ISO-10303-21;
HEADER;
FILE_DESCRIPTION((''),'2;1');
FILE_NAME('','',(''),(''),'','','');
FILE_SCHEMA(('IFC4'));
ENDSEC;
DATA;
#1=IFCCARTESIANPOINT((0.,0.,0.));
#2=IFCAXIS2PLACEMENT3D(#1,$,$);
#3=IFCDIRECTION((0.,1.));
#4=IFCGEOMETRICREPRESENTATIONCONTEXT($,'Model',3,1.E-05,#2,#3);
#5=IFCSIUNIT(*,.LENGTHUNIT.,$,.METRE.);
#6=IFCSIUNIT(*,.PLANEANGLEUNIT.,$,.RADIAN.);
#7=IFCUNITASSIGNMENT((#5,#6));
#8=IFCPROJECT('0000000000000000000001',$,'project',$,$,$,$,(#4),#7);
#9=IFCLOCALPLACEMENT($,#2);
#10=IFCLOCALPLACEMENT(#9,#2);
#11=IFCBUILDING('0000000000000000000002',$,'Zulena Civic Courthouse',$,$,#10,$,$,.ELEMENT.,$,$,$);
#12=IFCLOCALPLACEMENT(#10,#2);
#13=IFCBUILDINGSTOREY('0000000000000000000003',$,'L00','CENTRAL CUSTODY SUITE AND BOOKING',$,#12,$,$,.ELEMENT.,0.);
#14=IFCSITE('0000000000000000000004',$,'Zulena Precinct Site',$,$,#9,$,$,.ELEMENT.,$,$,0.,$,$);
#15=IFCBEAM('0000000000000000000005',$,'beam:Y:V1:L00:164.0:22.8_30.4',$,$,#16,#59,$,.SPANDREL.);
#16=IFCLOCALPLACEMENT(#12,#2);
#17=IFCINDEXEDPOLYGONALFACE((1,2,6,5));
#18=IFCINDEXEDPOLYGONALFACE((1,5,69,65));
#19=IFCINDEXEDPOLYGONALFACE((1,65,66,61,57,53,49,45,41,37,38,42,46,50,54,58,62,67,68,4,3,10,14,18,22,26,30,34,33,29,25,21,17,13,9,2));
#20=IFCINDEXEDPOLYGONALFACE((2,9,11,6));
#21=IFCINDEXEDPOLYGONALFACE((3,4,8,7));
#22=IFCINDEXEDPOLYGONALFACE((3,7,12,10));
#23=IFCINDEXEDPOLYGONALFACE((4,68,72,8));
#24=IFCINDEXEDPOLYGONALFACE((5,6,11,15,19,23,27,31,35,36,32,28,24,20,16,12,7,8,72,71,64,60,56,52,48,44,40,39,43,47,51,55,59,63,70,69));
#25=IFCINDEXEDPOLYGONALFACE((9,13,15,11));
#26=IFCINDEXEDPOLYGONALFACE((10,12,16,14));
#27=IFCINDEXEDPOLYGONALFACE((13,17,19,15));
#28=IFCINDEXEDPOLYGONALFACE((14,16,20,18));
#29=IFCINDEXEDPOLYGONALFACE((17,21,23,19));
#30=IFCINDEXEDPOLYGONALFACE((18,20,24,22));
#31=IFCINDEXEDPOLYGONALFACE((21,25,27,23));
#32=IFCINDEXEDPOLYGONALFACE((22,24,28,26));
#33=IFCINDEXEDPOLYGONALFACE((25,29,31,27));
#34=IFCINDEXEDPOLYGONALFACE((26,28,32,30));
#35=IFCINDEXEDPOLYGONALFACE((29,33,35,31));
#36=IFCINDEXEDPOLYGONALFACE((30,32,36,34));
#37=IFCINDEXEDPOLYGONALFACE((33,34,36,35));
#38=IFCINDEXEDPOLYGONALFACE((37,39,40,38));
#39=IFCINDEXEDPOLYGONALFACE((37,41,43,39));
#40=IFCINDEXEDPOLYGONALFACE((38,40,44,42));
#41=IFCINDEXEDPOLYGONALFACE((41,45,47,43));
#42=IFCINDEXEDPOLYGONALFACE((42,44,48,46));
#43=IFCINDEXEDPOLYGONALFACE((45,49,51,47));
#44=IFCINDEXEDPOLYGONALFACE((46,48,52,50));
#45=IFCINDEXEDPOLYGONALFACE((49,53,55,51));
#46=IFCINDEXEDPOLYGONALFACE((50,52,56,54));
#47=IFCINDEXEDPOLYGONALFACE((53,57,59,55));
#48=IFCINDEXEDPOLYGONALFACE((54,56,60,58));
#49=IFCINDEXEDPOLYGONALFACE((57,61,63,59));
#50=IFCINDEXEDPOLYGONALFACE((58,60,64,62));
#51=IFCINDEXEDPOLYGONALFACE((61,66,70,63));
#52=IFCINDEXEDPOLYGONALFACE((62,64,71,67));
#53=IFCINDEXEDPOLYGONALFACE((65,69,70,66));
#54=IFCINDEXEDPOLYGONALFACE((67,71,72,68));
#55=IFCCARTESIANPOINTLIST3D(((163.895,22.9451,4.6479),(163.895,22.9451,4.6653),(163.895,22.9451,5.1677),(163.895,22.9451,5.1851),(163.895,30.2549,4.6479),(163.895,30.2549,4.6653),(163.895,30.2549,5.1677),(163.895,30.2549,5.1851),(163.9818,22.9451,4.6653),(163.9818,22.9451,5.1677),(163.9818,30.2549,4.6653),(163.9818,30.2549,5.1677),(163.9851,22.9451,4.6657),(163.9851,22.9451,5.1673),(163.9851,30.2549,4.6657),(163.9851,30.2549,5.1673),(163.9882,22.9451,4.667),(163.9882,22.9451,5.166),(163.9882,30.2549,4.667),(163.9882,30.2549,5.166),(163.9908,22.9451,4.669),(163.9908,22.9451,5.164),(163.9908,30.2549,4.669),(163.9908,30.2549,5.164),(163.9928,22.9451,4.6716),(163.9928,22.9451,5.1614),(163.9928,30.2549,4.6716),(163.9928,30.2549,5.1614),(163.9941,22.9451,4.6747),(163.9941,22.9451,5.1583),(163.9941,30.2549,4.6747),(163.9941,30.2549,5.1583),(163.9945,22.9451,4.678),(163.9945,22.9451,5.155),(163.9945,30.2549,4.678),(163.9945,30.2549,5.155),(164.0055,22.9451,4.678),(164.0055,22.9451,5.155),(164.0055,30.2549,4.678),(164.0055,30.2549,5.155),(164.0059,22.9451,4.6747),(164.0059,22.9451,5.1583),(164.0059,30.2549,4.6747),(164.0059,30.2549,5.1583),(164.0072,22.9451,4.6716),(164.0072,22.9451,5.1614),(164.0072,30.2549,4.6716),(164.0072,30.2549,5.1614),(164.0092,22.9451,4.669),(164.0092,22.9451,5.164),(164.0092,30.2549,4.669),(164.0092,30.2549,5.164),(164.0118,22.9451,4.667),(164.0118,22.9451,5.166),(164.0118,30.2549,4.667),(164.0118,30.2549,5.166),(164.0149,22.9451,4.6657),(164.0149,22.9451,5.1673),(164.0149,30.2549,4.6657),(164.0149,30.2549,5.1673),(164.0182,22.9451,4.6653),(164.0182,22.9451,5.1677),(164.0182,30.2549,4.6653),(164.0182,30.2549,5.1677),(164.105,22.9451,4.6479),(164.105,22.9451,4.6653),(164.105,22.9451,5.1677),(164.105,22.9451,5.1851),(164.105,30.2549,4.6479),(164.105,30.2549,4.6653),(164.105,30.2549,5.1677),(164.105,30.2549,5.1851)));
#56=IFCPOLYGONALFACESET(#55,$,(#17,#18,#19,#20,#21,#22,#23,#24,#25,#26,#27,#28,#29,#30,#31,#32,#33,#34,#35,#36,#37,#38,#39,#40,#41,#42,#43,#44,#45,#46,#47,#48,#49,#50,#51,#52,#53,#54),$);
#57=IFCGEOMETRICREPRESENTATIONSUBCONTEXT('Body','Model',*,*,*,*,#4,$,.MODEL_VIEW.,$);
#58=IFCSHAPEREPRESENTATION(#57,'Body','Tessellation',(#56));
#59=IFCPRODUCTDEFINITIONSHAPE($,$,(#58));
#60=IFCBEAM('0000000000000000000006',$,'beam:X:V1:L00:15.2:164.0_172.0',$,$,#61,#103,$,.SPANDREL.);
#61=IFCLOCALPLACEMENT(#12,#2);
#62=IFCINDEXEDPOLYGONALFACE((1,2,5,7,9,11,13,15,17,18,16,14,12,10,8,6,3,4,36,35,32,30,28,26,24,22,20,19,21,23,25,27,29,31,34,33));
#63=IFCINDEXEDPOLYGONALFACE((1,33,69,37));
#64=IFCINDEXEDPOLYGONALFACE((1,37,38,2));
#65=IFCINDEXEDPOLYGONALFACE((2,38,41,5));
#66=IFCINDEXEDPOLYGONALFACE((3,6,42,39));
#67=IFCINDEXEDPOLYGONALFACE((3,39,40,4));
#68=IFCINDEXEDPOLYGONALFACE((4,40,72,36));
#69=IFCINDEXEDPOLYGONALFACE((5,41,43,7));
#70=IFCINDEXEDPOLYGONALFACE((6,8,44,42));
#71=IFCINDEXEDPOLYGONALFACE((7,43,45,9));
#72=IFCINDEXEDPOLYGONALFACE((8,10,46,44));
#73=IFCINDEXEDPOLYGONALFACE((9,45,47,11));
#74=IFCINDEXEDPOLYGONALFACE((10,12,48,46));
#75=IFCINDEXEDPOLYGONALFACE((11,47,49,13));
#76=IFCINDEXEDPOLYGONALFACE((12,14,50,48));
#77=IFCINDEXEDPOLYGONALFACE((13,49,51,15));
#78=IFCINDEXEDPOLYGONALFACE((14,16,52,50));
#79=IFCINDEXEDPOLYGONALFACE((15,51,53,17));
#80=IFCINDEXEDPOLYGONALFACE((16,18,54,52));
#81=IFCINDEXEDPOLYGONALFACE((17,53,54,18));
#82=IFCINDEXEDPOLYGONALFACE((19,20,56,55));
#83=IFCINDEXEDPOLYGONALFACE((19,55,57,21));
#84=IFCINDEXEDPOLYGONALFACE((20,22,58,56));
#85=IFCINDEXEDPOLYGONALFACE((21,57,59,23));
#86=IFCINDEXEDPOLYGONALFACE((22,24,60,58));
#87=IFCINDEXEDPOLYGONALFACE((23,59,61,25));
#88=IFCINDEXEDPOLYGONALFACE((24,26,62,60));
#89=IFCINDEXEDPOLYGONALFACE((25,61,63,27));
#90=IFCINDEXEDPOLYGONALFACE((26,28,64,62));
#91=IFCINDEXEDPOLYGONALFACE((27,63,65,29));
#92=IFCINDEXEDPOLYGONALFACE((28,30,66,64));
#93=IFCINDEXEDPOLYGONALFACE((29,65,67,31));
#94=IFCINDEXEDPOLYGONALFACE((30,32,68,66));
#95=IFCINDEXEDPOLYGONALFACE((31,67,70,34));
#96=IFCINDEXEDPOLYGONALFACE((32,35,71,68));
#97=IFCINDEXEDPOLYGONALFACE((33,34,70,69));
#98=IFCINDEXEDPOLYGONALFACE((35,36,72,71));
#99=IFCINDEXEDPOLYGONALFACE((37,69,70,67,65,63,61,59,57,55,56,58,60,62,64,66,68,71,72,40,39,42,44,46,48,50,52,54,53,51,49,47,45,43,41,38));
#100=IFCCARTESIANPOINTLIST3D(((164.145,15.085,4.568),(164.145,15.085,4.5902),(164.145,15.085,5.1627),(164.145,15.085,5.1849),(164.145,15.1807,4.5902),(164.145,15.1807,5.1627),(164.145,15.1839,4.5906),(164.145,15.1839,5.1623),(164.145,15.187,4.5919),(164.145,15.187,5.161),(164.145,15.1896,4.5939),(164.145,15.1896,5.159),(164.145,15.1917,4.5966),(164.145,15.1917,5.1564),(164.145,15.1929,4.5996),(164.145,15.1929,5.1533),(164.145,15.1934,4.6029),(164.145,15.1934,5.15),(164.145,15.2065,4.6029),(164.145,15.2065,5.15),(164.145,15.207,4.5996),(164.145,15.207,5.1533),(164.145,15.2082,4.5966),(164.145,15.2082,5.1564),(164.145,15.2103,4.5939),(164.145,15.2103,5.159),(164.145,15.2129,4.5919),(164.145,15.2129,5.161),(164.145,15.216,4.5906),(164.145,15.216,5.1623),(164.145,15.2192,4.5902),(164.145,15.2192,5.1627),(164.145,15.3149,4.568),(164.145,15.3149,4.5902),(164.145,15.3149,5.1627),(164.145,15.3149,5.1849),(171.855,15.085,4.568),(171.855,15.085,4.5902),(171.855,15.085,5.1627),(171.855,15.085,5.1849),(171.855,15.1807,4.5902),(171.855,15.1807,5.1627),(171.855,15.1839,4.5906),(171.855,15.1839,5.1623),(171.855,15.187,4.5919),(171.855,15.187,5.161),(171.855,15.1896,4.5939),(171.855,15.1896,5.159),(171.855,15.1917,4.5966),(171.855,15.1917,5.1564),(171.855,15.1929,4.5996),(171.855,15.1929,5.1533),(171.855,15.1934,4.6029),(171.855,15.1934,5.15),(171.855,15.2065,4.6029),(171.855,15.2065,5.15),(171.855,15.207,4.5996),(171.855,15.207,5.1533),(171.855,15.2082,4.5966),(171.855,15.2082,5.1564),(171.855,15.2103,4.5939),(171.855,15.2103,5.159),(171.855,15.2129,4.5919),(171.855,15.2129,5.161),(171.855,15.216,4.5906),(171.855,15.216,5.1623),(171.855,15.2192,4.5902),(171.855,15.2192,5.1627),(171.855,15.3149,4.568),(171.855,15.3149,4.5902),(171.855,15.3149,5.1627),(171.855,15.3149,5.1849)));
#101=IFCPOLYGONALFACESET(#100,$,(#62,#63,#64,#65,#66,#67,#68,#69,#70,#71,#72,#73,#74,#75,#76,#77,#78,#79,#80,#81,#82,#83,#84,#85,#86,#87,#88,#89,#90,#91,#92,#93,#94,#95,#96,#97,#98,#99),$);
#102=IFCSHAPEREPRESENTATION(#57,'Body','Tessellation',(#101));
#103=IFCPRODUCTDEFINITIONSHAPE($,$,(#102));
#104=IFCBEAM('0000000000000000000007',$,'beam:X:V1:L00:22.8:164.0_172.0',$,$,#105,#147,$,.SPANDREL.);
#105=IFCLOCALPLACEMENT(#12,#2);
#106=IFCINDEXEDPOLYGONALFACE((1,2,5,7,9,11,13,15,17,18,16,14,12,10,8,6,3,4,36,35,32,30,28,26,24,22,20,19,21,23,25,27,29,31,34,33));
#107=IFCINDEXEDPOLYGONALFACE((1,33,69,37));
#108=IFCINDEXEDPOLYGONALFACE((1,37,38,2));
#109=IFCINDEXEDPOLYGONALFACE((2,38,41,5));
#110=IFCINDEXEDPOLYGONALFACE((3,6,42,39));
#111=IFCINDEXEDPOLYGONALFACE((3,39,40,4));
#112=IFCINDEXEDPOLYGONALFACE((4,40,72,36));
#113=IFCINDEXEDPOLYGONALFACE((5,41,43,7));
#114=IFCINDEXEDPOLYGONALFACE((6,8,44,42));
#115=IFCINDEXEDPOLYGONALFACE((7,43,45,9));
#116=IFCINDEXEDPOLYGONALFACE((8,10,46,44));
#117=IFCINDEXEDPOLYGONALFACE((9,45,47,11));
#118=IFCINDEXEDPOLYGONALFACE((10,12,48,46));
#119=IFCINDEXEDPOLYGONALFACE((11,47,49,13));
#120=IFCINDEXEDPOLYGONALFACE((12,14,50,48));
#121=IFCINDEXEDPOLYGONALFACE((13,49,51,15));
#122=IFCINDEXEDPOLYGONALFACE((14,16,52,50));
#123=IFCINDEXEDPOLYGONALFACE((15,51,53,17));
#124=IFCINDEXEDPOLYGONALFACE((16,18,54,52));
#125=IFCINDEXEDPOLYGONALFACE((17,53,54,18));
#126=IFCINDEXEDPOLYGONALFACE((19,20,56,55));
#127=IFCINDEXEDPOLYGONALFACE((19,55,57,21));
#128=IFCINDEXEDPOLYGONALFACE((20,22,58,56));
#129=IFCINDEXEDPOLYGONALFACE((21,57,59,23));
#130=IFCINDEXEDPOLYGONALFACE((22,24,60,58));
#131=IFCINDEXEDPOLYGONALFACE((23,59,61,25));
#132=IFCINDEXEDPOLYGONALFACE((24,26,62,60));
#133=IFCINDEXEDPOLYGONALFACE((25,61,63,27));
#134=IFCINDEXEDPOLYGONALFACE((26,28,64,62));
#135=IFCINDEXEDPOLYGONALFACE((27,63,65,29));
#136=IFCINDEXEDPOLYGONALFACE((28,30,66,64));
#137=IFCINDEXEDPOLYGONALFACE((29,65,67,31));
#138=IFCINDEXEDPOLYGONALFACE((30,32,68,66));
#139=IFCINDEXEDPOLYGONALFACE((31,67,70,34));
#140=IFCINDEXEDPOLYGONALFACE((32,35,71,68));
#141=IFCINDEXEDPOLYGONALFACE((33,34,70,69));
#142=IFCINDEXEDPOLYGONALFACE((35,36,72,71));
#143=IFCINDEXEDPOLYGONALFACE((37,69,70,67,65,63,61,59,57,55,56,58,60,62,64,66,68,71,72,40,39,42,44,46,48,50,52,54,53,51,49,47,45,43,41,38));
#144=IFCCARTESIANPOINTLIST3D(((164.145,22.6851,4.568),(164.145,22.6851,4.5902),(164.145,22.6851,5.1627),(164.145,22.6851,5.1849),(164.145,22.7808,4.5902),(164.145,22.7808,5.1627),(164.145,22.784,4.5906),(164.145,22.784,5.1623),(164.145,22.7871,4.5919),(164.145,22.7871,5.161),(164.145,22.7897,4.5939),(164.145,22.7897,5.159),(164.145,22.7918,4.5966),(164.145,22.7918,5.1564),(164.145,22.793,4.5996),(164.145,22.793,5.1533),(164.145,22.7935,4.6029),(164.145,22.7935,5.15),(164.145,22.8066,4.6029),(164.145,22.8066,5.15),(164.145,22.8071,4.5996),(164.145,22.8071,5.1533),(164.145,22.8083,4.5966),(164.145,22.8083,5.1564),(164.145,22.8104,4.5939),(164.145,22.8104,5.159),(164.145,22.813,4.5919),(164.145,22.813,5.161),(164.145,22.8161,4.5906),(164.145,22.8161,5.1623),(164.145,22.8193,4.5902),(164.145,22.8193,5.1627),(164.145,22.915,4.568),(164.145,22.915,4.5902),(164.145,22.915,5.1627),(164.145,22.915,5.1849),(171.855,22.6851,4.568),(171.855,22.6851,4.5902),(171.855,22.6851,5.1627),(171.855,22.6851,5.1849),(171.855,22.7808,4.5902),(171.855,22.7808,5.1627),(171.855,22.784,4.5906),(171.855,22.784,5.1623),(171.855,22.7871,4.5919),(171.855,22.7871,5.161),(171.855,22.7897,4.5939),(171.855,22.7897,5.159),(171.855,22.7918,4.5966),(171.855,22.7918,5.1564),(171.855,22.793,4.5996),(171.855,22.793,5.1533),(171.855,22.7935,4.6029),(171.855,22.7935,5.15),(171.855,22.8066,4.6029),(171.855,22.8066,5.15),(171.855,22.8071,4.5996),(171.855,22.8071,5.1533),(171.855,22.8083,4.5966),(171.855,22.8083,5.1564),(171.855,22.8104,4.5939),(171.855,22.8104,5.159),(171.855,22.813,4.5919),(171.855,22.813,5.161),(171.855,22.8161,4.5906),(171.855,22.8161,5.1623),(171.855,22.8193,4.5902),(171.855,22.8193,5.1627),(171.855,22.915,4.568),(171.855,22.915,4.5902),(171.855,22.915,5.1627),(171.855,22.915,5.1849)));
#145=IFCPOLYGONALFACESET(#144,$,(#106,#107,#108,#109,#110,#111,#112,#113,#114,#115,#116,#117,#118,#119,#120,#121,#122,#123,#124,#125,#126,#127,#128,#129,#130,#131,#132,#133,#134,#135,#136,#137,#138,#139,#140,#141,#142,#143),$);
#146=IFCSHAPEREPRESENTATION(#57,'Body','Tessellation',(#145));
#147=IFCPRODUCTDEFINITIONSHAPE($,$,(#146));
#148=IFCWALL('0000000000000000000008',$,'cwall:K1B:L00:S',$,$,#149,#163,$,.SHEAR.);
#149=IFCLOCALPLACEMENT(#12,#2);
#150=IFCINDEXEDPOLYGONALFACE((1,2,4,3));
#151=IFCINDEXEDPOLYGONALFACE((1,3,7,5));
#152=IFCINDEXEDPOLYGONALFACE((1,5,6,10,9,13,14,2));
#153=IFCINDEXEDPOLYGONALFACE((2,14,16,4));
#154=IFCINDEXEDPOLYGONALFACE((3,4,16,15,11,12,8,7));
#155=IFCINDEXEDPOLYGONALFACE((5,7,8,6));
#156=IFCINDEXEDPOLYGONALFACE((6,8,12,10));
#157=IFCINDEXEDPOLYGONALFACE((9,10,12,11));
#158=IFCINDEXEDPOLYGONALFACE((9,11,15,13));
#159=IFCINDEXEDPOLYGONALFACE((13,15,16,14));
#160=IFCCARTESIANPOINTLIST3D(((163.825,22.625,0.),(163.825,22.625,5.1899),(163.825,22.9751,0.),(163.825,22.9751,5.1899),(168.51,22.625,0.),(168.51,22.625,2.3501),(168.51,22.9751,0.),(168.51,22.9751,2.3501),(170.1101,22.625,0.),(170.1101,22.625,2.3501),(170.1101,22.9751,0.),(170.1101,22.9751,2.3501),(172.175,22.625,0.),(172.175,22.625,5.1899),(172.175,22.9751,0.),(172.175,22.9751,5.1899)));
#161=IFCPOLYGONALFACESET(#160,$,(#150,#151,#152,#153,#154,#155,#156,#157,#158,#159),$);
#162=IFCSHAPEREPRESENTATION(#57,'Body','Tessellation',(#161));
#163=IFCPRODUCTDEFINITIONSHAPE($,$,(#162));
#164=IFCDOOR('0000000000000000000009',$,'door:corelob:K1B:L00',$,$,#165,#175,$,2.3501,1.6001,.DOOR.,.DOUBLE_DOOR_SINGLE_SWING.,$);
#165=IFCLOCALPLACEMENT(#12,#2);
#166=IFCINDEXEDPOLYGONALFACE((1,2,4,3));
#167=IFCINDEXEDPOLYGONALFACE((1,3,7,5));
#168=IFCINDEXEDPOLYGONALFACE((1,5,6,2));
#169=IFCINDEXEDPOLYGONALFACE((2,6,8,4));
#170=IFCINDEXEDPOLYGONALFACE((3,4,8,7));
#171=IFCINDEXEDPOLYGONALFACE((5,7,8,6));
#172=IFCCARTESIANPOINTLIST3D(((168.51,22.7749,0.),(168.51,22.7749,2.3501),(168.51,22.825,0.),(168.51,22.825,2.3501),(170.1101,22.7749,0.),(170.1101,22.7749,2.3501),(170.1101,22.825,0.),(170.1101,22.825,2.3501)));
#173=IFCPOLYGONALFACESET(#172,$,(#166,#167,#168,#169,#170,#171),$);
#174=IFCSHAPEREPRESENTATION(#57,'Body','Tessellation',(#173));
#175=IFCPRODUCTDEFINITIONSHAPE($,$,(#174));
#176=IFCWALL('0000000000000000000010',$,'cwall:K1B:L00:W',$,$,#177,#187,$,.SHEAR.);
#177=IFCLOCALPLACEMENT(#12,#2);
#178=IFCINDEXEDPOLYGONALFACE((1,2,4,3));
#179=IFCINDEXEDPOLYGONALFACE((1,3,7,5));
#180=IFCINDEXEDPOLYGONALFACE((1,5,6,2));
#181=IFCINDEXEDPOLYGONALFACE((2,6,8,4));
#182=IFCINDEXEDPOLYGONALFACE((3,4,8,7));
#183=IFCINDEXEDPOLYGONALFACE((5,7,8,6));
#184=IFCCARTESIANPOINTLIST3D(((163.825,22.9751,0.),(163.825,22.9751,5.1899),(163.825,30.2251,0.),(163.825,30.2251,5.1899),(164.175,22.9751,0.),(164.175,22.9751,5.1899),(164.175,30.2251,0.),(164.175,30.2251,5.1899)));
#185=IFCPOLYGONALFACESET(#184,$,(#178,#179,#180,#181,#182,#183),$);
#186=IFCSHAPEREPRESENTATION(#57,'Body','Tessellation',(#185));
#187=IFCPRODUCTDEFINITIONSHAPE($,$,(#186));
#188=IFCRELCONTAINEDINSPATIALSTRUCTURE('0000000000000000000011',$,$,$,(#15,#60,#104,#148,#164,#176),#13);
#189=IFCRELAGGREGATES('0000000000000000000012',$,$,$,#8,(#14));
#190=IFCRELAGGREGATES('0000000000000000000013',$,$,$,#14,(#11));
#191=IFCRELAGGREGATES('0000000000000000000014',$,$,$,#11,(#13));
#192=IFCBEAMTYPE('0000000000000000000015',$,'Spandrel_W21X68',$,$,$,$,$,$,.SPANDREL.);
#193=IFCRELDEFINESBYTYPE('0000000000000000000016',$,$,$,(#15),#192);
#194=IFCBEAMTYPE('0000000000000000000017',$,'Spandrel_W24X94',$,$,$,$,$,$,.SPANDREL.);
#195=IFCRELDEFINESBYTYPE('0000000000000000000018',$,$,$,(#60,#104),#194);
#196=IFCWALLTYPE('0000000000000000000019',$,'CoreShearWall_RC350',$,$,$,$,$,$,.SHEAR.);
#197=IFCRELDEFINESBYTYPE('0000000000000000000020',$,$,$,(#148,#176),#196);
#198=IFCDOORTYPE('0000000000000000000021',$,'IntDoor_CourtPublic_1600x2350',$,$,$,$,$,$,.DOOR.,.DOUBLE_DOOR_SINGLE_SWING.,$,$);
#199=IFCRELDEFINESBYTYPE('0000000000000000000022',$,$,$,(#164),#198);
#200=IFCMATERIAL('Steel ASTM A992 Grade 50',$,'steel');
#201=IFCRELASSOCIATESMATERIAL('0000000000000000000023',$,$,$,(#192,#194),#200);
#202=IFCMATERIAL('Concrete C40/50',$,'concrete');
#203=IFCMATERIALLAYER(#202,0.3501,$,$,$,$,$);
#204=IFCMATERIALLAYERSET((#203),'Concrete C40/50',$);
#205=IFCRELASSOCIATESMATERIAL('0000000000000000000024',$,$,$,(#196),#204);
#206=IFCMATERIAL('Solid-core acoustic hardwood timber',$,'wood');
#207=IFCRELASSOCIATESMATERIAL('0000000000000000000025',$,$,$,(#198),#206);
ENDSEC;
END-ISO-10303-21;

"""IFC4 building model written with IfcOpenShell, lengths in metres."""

from ifc_helpers import new_model, si_unit, direction, frame, frame_2d, origin, origin_2d, place, context, subcontext, project, spatial, rectangle, i_section, extrude, material, layer, layer_set, material_profile, profile_set, type_object, element, fill, save


model = new_model("IFC4")

# Units and contexts
model_context = context("Model", 3, precision=1e-05, world=origin(), true_north=direction((0.0, 1.0)))
body_context = subcontext(model_context, "Body", "Model", "MODEL_VIEW")
ifc_project = project(units=[si_unit("LENGTHUNIT", "METRE"), si_unit("PLANEANGLEUNIT", "RADIAN")], contexts=[model_context])

# Site, building, storey
site_placement = place(None, origin())
site = spatial("IfcSite", under=ifc_project, at=site_placement, Name="Zulena Precinct Site", CompositionType="ELEMENT", RefElevation=0.0)
building_placement = place(site_placement, origin())
building = spatial("IfcBuilding", under=site, at=building_placement, Name="Zulena Civic Courthouse", CompositionType="ELEMENT")
storey_placement = place(building_placement, origin())
storey = spatial("IfcBuildingStorey", under=building, at=storey_placement, Name="L00", Description="CENTRAL CUSTODY SUITE AND BOOKING", CompositionType="ELEMENT", Elevation=0.0)

# Shared definitions
ifc_material_1 = material(Name="Concrete C40/50", Category="concrete")

# Shared definitions
ifc_material_2 = material(Name="Steel ASTM A992 Grade 50", Category="steel")

# Beams
ifc_material_profile_1 = material_profile(ifc_material_2, i_section(OverallWidth=0.21, OverallDepth=0.5371, WebThickness=0.011, FlangeThickness=0.0173, FilletRadius=0.0127, at=origin_2d()), Name="W21X68")
ifc_profile_set_1 = profile_set([ifc_material_profile_1], Name="Steel ASTM A992 Grade 50")
beam_type_1 = type_object("IfcBeamType", Name="Spandrel_W21X68", PredefinedType="SPANDREL", material=ifc_profile_set_1)
beam_1_placement = place(storey_placement, frame((164.0, 22.9451, 4.9165), z_axis=(0.0, 1.0, 0.0), x_axis=(-1.0, 0.0, 0.0)))
element("IfcBeam", 1, at=beam_1_placement, inside=storey, type_object=beam_type_1, Name="beam:Y:V1:L00:164.0:22.8_30.4", PredefinedType="SPANDREL", context=body_context, shape_type="SweptSolid", body=[
    extrude(i_section(OverallWidth=0.21, OverallDepth=0.5371, WebThickness=0.011, FlangeThickness=0.0173, FilletRadius=0.0127, at=origin_2d()), origin(), (0.0, 0.0, 1.0), 7.3098),
])
ifc_material_profile_2 = material_profile(ifc_material_2, i_section(OverallWidth=0.23, OverallDepth=0.6169, WebThickness=0.0132, FlangeThickness=0.0222, FilletRadius=0.0127, at=origin_2d()), Name="W24X94")
ifc_profile_set_2 = profile_set([ifc_material_profile_2], Name="Steel ASTM A992 Grade 50")
beam_type_2 = type_object("IfcBeamType", Name="Spandrel_W24X94", PredefinedType="SPANDREL", material=ifc_profile_set_2)
for number, where, z_axis, x_axis, name in (
    (2, (164.145, 15.2, 4.8765), (1.0, 0.0, 0.0), (0.0, 1.0, 0.0), "beam:X:V1:L00:15.2:164.0_172.0"),
    (3, (164.145, 22.8, 4.8765), (1.0, 0.0, 0.0), (0.0, 1.0, 0.0), "beam:X:V1:L00:22.8:164.0_172.0"),
):
    element("IfcBeam", number, at=place(storey_placement, frame(where, z_axis=z_axis, x_axis=x_axis)), inside=storey, type_object=beam_type_2, Name=name, PredefinedType="SPANDREL", context=body_context, shape_type="SweptSolid", body=[
        extrude(i_section(OverallWidth=0.23, OverallDepth=0.6169, WebThickness=0.0132, FlangeThickness=0.0222, FilletRadius=0.0127, at=origin_2d()), origin(), (0.0, 0.0, 1.0), 7.71),
    ])

# Wall, opening, door
ifc_layer_1 = layer(ifc_material_1, 0.3501)
ifc_layer_set_1 = layer_set([ifc_layer_1], Name="Concrete C40/50")
wall_type_1 = type_object("IfcWallType", Name="CoreShearWall_RC350", PredefinedType="SHEAR", material=ifc_layer_set_1)
wall_1_placement = place(storey_placement, frame((163.825, 22.8, 0.0), z_axis=(0.0, 0.0, 1.0), x_axis=(1.0, 0.0, 0.0)))
wall_1 = element("IfcWall", 4, at=wall_1_placement, inside=storey, type_object=wall_type_1, Name="cwall:K1B:L00:S", PredefinedType="SHEAR", context=body_context, shape_type="SweptSolid", body=[
    extrude(rectangle(XDim=8.3501, YDim=0.3501, at=frame_2d((4.175, 0.0))), origin(), (0.0, 0.0, 1.0), 5.1899),
])
opening_1_placement = place(wall_1_placement, frame((4.6851, 0.0, 0.0)))
opening_1 = element("IfcOpeningElement", 5, at=opening_1_placement, cuts=wall_1, PredefinedType="OPENING", context=body_context, shape_type="SweptSolid", body=[
    extrude(rectangle(XDim=1.6001, YDim=2.3501, at=frame_2d((0.8, 1.175))), frame((0.0, 0.1851, 0.0), z_axis=(0.0, -1.0, 0.0), x_axis=(1.0, 0.0, 0.0)), (0.0, 0.0, 1.0), 0.3701),
])
ifc_material_3 = material(Name="Solid-core acoustic hardwood timber", Category="wood")
door_type_1 = type_object("IfcDoorType", Name="IntDoor_CourtPublic_1600x2350", OperationType="DOUBLE_DOOR_SINGLE_SWING", PredefinedType="DOOR", material=ifc_material_3)
door_1_placement = place(opening_1_placement, origin())
door_1 = element("IfcDoor", 6, at=door_1_placement, inside=storey, type_object=door_type_1, Name="door:corelob:K1B:L00", OperationType="DOUBLE_DOOR_SINGLE_SWING", OverallHeight=2.3501, OverallWidth=1.6001, PredefinedType="DOOR", context=body_context, shape_type="SweptSolid", body=[
    extrude(rectangle(XDim=1.6001, YDim=2.3501, at=frame_2d((0.8, 1.175))), frame((0.0, 0.0249, 0.0), z_axis=(0.0, -1.0, 0.0), x_axis=(1.0, 0.0, 0.0)), (0.0, 0.0, 1.0), 0.05),
])
fill(opening_1, door_1)

# Wall
wall_2_placement = place(storey_placement, frame((164.0, 22.9751, 0.0), z_axis=(0.0, 0.0, 1.0), x_axis=(0.0, 1.0, 0.0)))
element("IfcWall", 7, at=wall_2_placement, inside=storey, type_object=wall_type_1, Name="cwall:K1B:L00:W", PredefinedType="SHEAR", context=body_context, shape_type="SweptSolid", body=[
    extrude(rectangle(XDim=7.25, YDim=0.3501, at=frame_2d((3.625, 0.0))), origin(), (0.0, 0.0, 1.0), 5.1899),
])

save(model, "model.ifc")
